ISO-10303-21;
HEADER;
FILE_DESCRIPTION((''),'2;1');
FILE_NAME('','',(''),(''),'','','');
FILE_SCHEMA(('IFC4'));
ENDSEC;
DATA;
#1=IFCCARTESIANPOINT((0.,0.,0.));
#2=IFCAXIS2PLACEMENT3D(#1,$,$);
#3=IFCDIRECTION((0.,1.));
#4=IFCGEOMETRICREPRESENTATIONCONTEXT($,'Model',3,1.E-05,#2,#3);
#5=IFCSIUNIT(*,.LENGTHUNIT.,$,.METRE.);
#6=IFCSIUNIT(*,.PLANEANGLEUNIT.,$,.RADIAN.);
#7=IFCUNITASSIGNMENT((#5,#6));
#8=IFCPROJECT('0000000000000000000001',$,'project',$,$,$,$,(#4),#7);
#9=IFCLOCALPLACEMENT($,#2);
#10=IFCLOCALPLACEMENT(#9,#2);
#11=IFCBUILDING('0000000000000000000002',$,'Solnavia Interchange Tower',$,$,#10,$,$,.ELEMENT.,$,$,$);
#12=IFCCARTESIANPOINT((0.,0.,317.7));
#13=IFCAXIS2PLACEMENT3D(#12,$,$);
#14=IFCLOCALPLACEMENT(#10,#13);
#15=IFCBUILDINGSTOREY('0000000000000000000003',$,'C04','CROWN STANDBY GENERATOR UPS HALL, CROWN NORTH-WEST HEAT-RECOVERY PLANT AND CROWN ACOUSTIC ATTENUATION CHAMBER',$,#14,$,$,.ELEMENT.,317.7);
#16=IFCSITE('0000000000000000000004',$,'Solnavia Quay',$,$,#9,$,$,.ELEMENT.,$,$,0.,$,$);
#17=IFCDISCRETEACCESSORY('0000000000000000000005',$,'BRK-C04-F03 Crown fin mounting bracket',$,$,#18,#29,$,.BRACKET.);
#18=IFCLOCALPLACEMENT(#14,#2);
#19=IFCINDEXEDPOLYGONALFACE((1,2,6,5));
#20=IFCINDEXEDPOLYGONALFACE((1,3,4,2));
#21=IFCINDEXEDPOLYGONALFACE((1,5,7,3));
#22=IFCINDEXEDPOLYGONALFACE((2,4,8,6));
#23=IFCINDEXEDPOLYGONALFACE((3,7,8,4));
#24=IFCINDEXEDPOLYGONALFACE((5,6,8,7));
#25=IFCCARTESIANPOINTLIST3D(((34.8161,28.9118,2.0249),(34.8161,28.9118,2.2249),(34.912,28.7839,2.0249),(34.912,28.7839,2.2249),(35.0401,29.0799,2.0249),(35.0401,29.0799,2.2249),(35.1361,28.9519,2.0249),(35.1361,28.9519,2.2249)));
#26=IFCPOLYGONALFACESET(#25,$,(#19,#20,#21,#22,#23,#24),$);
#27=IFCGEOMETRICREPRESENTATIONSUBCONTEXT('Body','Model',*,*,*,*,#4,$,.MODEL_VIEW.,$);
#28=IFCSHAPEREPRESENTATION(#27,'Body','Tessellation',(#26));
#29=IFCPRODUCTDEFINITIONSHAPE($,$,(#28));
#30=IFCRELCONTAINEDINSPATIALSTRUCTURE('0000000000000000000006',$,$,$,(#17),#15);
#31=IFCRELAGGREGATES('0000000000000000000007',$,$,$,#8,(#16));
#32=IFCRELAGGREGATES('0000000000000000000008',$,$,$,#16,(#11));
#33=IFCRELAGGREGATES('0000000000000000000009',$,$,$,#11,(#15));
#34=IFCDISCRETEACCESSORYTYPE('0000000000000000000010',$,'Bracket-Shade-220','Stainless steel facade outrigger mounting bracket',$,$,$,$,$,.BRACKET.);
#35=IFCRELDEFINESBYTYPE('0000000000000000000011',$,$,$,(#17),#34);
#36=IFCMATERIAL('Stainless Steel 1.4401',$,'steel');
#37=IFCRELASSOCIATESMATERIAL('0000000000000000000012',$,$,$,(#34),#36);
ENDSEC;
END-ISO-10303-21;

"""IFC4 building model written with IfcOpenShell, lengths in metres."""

from ifc_helpers import new_model, si_unit, direction, frame, origin, origin_2d, place, context, subcontext, project, spatial, rectangle, extrude, material, type_object, element, save


model = new_model("IFC4")

# Units and contexts
model_context = context("Model", 3, precision=1e-05, world=origin(), true_north=direction((0.0, 1.0)))
body_context = subcontext(model_context, "Body", "Model", "MODEL_VIEW")
ifc_project = project(units=[si_unit("LENGTHUNIT", "METRE"), si_unit("PLANEANGLEUNIT", "RADIAN")], contexts=[model_context])

# Site, building, storey
site_placement = place(None, origin())
site = spatial("IfcSite", under=ifc_project, at=site_placement, Name="Solnavia Quay", CompositionType="ELEMENT", RefElevation=0.0)
building_placement = place(site_placement, origin())
building = spatial("IfcBuilding", under=site, at=building_placement, Name="Solnavia Interchange Tower", CompositionType="ELEMENT")
storey_placement = place(building_placement, frame((0.0, 0.0, 317.7)))
storey = spatial("IfcBuildingStorey", under=building, at=storey_placement, Name="C04", Description="CROWN STANDBY GENERATOR UPS HALL, CROWN NORTH-WEST HEAT-RECOVERY PLANT AND CROWN ACOUSTIC ATTENUATION CHAMBER", CompositionType="ELEMENT", Elevation=317.7)

# Discrete accessory
ifc_material_1 = material(Name="Stainless Steel 1.4401", Category="steel")
discrete_accessory_type = type_object("IfcDiscreteAccessoryType", Name="Bracket-Shade-220", Description="Stainless steel facade outrigger mounting bracket", PredefinedType="BRACKET", material=ifc_material_1)
discrete_accessory_placement = place(storey_placement, frame((34.9761, 28.9319, 2.0249), z_axis=(0.0, 0.0, 1.0), x_axis=(0.799999, 0.600001, 0.0)))
element("IfcDiscreteAccessory", 1, at=discrete_accessory_placement, inside=storey, type_object=discrete_accessory_type, Name="BRK-C04-F03 Crown fin mounting bracket", PredefinedType="BRACKET", context=body_context, shape_type="SweptSolid", body=[
    extrude(rectangle(XDim=0.28, YDim=0.1599, at=origin_2d()), origin(), (0.0, 0.0, 1.0), 0.2),
])

save(model, "model.ifc")
